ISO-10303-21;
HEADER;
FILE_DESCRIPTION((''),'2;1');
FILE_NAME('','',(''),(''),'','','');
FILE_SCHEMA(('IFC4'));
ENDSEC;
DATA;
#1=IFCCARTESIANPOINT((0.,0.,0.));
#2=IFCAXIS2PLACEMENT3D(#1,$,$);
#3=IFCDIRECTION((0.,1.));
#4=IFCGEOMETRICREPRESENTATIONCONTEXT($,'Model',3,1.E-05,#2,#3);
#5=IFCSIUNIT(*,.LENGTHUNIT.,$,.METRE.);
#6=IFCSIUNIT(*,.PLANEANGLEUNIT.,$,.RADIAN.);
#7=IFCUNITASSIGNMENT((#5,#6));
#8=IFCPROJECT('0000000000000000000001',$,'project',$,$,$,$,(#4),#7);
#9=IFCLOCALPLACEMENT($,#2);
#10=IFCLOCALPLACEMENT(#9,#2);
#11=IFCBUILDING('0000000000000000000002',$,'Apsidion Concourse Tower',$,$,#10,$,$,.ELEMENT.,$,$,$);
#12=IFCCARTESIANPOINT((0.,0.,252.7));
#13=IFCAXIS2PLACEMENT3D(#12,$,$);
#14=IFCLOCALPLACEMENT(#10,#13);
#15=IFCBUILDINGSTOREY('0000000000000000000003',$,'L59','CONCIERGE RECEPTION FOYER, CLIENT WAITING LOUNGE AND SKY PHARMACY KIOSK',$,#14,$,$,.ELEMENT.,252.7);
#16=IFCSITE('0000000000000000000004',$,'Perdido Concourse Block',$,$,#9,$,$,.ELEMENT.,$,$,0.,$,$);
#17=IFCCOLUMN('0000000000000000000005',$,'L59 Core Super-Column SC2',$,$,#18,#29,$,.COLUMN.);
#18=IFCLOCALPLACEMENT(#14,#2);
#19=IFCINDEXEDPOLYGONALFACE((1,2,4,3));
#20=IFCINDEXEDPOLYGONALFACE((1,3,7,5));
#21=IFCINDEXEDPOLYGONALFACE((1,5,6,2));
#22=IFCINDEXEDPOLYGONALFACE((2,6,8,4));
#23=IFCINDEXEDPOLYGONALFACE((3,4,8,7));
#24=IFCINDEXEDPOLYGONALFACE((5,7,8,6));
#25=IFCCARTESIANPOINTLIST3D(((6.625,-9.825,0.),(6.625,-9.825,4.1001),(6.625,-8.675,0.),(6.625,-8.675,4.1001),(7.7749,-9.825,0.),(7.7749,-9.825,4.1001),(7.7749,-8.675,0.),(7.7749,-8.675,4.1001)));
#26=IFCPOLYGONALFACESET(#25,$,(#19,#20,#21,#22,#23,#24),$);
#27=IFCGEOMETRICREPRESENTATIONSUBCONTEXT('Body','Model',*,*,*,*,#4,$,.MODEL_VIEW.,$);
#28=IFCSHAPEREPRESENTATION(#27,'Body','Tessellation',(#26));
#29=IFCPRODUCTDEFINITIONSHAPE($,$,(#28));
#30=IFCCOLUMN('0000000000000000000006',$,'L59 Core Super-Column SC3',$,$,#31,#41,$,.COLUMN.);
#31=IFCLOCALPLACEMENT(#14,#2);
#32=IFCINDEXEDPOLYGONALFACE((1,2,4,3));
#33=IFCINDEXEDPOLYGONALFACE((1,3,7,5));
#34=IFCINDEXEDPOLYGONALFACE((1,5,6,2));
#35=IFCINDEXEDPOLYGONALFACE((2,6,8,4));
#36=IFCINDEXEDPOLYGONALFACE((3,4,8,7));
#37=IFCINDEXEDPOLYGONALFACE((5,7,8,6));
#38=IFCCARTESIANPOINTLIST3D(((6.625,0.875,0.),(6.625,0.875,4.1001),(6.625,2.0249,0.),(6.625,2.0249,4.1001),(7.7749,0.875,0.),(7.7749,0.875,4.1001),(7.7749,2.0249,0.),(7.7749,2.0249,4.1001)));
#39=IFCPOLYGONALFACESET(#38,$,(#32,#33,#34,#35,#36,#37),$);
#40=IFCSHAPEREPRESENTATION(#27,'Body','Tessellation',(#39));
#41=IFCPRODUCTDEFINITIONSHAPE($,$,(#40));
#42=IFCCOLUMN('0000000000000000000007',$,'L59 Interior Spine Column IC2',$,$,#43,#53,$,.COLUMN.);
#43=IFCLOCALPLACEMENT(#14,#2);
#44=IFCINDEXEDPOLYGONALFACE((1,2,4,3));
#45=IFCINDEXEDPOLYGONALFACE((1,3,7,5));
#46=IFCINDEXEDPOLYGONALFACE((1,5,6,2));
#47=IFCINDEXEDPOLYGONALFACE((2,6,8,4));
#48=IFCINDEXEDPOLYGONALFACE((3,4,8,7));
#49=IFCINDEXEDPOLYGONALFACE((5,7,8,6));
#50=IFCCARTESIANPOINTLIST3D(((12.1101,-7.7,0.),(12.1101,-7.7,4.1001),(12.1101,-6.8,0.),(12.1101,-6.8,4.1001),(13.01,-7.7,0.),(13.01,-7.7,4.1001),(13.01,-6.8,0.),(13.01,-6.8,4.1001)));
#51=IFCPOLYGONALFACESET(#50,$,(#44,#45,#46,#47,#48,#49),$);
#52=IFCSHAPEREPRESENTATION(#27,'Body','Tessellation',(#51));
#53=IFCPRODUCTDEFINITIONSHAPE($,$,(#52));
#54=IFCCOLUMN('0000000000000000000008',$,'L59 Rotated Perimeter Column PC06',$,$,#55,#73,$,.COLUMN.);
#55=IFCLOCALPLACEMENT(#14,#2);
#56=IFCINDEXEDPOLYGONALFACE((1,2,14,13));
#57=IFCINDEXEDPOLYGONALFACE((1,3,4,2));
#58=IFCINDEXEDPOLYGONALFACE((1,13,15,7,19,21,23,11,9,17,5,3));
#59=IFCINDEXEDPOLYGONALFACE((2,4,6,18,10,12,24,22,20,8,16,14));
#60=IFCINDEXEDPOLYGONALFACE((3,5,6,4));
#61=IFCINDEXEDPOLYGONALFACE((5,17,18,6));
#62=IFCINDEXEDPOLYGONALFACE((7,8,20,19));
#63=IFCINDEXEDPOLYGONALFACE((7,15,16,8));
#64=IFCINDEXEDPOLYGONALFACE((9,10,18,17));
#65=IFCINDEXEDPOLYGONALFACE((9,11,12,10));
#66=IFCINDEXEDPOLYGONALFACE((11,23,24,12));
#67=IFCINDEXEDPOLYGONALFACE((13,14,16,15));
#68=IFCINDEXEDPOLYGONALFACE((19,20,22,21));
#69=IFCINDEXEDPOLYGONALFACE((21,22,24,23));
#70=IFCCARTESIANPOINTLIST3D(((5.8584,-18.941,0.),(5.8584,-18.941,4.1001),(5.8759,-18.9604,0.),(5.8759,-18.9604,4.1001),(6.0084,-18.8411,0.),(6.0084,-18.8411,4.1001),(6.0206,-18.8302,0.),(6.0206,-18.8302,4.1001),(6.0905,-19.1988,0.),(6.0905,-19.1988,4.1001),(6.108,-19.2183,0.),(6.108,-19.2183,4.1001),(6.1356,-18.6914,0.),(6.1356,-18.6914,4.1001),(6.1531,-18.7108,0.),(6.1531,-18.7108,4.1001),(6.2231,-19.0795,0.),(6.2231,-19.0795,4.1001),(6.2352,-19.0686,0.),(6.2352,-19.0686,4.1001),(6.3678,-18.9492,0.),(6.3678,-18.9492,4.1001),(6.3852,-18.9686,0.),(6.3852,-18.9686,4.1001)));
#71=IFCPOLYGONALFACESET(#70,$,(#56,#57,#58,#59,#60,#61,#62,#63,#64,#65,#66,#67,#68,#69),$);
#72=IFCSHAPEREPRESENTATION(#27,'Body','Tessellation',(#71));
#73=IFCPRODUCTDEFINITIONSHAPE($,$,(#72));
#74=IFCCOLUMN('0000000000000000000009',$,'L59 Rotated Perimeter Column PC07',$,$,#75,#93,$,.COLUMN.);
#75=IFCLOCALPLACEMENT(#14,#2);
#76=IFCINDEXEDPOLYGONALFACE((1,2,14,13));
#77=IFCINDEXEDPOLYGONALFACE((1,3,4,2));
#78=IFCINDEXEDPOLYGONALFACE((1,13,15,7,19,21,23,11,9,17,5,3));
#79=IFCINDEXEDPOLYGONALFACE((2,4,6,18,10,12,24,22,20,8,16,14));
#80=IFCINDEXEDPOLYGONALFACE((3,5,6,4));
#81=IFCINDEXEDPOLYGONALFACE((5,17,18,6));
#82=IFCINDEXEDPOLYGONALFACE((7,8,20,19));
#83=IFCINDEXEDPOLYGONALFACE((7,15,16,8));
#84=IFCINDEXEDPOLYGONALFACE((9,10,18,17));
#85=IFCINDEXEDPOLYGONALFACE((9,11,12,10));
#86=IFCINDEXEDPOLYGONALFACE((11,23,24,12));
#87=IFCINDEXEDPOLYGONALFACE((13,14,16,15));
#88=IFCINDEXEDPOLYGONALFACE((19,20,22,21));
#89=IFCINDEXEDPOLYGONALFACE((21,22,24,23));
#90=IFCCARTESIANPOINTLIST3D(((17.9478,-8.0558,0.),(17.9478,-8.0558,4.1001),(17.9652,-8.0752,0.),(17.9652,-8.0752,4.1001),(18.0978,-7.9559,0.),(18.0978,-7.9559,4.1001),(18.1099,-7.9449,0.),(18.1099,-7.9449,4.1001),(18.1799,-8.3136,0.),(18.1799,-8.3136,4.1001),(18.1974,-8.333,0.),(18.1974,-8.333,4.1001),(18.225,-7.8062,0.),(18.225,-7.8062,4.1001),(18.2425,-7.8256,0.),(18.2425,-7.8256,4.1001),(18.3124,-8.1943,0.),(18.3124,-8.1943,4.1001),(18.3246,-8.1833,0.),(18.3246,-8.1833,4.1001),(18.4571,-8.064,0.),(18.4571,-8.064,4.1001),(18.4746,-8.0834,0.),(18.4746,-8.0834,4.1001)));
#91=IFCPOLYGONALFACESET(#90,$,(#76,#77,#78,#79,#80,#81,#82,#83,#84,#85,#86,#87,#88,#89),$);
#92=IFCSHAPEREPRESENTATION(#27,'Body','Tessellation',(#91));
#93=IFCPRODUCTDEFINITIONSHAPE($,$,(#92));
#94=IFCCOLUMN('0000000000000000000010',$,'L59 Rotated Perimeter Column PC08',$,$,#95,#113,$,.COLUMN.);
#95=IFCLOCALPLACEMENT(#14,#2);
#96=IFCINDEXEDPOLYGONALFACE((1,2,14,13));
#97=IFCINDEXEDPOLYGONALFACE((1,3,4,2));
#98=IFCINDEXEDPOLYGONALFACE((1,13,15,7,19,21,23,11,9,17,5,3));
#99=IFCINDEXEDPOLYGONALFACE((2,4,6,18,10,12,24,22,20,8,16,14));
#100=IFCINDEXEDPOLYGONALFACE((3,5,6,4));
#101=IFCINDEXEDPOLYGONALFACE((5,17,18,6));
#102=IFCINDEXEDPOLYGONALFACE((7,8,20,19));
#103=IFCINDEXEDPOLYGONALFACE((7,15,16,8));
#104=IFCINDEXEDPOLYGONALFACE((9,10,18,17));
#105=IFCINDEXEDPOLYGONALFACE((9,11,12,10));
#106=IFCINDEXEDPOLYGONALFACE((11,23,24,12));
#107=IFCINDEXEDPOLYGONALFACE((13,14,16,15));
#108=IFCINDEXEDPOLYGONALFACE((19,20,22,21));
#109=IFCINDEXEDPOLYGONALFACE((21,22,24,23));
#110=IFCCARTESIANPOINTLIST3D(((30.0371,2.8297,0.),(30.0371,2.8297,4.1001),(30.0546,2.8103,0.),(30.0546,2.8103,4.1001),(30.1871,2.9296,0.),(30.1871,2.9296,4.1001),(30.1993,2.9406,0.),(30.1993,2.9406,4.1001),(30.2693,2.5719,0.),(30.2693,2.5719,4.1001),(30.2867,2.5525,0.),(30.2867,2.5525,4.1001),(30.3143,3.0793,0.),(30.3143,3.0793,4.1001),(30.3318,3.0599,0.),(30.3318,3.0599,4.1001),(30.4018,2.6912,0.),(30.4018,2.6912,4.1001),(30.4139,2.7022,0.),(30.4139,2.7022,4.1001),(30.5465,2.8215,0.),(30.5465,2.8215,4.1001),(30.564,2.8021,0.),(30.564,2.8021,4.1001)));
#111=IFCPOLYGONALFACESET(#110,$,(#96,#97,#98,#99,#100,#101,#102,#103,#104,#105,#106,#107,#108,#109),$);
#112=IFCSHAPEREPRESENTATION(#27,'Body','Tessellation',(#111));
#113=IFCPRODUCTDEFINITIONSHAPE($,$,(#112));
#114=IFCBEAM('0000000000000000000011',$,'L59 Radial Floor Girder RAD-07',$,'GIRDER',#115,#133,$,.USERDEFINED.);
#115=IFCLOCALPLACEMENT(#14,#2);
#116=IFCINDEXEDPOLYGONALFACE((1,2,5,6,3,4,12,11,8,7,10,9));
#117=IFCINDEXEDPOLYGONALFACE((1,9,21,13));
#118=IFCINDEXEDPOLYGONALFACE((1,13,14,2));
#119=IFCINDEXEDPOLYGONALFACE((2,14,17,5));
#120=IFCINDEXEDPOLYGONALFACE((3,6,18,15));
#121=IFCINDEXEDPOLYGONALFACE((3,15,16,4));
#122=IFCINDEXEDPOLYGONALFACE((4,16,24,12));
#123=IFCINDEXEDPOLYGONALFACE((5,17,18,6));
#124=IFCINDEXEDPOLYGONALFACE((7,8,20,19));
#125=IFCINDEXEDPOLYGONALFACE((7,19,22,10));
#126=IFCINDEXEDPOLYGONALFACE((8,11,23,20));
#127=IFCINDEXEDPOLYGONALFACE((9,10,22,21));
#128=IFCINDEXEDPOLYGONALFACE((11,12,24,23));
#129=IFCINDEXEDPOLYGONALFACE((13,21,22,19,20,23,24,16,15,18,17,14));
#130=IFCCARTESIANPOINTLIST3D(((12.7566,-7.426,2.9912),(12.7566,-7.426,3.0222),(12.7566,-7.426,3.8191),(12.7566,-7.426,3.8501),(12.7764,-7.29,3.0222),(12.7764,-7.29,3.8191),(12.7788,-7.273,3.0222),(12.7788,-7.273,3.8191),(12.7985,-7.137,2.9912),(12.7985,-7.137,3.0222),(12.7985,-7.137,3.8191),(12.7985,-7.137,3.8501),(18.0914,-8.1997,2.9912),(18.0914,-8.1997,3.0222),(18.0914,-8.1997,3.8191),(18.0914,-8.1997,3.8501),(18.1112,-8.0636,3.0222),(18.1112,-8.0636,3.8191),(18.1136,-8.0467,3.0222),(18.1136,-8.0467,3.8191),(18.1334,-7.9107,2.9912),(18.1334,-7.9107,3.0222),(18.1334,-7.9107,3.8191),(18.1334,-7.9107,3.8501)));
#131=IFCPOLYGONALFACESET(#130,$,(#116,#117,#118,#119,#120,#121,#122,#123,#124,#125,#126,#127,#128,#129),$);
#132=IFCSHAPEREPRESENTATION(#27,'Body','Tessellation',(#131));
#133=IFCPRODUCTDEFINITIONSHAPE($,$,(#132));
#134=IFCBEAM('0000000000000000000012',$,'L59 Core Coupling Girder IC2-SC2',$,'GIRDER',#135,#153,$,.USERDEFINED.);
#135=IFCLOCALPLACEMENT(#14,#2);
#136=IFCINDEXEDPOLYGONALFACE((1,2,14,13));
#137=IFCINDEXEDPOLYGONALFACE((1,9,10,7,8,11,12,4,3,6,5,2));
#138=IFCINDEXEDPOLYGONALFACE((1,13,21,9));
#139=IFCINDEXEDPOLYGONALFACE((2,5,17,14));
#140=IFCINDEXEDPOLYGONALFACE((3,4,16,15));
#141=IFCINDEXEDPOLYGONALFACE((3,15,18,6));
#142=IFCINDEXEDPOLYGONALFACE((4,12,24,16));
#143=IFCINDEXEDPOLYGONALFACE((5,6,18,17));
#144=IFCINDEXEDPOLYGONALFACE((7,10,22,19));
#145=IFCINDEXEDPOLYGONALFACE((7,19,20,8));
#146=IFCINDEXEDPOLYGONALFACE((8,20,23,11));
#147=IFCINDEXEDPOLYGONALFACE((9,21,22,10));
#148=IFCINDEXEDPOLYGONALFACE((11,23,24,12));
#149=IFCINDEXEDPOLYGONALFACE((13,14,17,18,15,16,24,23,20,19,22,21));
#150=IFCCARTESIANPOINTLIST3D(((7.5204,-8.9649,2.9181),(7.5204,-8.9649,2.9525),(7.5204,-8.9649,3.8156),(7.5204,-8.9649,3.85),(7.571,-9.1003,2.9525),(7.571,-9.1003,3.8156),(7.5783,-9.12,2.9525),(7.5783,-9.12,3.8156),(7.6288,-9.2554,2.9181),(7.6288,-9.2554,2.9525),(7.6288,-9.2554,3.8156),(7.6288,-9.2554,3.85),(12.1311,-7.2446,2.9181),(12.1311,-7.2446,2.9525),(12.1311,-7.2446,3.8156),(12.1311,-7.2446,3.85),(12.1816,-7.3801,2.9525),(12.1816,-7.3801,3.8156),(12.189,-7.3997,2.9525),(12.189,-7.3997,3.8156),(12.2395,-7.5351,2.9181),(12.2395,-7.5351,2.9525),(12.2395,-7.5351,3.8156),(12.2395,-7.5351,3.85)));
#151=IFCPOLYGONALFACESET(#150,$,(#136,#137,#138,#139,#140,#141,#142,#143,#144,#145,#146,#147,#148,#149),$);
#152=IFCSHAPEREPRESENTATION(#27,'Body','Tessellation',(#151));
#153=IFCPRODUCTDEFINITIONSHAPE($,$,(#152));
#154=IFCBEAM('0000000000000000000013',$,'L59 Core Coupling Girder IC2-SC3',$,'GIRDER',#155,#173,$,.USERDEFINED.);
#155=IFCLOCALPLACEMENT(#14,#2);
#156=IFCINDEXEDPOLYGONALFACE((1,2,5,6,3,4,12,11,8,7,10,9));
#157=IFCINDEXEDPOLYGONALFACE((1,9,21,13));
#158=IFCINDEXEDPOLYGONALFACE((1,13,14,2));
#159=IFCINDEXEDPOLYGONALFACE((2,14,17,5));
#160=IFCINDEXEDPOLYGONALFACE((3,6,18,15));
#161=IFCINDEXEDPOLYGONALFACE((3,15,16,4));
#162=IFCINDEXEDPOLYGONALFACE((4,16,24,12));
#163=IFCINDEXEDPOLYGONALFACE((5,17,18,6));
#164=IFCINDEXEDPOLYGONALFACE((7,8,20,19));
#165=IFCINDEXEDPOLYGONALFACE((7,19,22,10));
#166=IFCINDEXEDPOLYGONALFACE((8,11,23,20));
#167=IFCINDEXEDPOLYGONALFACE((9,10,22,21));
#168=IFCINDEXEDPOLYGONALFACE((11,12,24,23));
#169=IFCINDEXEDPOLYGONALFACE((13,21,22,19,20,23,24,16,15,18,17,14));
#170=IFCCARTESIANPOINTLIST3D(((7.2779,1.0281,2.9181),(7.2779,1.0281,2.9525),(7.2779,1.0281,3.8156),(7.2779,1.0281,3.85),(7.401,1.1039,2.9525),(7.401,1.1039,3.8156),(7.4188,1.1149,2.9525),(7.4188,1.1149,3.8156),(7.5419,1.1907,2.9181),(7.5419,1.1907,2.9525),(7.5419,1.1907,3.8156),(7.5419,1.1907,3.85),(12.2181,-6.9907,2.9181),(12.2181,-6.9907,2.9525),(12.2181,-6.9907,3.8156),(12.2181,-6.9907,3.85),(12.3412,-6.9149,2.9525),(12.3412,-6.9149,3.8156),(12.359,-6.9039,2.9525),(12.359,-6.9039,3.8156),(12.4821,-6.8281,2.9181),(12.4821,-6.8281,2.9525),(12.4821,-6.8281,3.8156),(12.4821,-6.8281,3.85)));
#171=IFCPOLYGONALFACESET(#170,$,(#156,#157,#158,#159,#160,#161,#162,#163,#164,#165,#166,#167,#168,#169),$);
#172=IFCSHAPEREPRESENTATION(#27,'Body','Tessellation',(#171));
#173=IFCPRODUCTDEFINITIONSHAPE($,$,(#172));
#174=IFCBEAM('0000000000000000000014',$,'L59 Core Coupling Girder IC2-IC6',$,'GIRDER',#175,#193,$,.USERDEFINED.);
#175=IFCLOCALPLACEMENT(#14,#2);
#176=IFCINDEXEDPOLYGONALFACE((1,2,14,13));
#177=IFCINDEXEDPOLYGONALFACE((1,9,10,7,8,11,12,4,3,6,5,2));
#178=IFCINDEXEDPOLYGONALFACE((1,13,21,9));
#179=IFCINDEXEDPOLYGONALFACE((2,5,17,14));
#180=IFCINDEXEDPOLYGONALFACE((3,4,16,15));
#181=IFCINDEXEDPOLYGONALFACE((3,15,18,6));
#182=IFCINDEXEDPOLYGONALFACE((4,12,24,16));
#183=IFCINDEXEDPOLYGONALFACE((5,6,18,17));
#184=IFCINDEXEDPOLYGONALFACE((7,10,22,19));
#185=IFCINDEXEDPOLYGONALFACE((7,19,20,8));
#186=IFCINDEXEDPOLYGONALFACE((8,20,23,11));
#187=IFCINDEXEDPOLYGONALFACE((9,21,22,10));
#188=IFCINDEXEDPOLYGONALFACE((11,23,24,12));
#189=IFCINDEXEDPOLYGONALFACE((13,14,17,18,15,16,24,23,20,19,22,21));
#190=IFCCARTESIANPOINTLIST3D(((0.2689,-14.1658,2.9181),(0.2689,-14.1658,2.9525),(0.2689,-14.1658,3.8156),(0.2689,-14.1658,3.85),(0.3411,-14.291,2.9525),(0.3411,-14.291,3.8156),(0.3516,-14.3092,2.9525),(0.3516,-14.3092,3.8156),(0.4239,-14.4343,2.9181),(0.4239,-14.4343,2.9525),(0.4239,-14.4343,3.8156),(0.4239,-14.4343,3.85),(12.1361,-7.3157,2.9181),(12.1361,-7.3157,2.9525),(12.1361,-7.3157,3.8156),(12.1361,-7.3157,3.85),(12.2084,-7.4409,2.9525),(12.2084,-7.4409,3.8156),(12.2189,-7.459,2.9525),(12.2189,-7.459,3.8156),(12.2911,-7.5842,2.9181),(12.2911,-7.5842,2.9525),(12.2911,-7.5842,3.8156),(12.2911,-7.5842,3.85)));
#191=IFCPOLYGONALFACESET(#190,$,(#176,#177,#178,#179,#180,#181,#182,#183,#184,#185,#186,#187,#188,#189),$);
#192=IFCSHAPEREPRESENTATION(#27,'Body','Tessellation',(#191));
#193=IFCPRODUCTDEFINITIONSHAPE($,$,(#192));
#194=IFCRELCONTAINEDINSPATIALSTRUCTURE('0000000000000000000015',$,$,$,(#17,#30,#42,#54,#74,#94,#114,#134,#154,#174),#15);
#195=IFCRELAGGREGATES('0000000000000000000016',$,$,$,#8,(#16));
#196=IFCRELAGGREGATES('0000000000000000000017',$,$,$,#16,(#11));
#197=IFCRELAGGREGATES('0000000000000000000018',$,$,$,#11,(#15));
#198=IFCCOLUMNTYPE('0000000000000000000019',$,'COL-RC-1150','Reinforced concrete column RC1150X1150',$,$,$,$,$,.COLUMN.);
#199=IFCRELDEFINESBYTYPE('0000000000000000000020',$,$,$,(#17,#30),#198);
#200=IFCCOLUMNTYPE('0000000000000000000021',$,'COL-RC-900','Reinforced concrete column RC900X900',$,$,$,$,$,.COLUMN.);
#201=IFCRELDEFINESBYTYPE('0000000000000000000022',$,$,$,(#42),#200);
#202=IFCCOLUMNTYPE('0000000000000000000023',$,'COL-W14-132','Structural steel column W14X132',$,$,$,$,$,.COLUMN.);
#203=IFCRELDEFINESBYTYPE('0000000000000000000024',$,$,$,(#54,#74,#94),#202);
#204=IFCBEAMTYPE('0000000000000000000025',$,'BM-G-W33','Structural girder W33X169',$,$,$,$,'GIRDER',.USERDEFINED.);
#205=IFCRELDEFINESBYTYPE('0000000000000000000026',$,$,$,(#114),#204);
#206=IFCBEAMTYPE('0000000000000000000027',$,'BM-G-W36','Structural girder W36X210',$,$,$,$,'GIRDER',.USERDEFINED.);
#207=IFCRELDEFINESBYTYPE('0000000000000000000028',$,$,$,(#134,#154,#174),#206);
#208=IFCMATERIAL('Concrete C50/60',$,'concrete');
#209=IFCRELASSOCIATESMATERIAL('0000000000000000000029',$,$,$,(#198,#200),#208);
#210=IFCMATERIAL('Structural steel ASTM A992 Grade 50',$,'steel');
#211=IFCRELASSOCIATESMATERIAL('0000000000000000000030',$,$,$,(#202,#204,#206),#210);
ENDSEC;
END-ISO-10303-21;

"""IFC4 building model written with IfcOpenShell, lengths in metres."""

from ifc_helpers import new_model, si_unit, direction, frame, origin, origin_2d, place, context, subcontext, project, spatial, rectangle, i_section, extrude, material, material_profile, profile_set, type_object, element, save


model = new_model("IFC4")

# Units and contexts
model_context = context("Model", 3, precision=1e-05, world=origin(), true_north=direction((0.0, 1.0)))
body_context = subcontext(model_context, "Body", "Model", "MODEL_VIEW")
ifc_project = project(units=[si_unit("LENGTHUNIT", "METRE"), si_unit("PLANEANGLEUNIT", "RADIAN")], contexts=[model_context])

# Site, building, storey
site_placement = place(None, origin())
site = spatial("IfcSite", under=ifc_project, at=site_placement, Name="Perdido Concourse Block", CompositionType="ELEMENT", RefElevation=0.0)
building_placement = place(site_placement, origin())
building = spatial("IfcBuilding", under=site, at=building_placement, Name="Apsidion Concourse Tower", CompositionType="ELEMENT")
storey_placement = place(building_placement, frame((0.0, 0.0, 252.7)))
storey = spatial("IfcBuildingStorey", under=building, at=storey_placement, Name="L59", Description="CONCIERGE RECEPTION FOYER, CLIENT WAITING LOUNGE AND SKY PHARMACY KIOSK", CompositionType="ELEMENT", Elevation=252.7)

# Columns
ifc_material_1 = material(Name="Concrete C50/60", Category="concrete")
ifc_material_profile_1 = material_profile(ifc_material_1, rectangle(XDim=1.1499, YDim=1.1499, at=origin_2d()), Name="RC 1150x1150")
ifc_profile_set_1 = profile_set([ifc_material_profile_1], Name="Concrete C50/60")
column_type_1 = type_object("IfcColumnType", Name="COL-RC-1150", Description="Reinforced concrete column RC1150X1150", PredefinedType="COLUMN", material=ifc_profile_set_1)
for number, where, z_axis, x_axis, name in (
    (1, (7.2, -9.25, 0.0), (0.0, 0.0, 1.0), (1.0, 0.0, 0.0), "L59 Core Super-Column SC2"),
    (2, (7.2, 1.45, 0.0), (0.0, 0.0, 1.0), (1.0, 0.0, 0.0), "L59 Core Super-Column SC3"),
):
    element("IfcColumn", number, at=place(storey_placement, frame(where, z_axis=z_axis, x_axis=x_axis)), inside=storey, type_object=column_type_1, Name=name, PredefinedType="COLUMN", context=body_context, shape_type="SweptSolid", body=[
        extrude(rectangle(XDim=1.1499, YDim=1.1499, at=origin_2d()), origin(), (0.0, 0.0, 1.0), 4.1001),
    ])
ifc_material_profile_2 = material_profile(ifc_material_1, rectangle(XDim=0.8999, YDim=0.8999, at=origin_2d()), Name="RC 900x900")
ifc_profile_set_2 = profile_set([ifc_material_profile_2], Name="Concrete C50/60")
column_type_2 = type_object("IfcColumnType", Name="COL-RC-900", Description="Reinforced concrete column RC900X900", PredefinedType="COLUMN", material=ifc_profile_set_2)
column_placement = place(storey_placement, frame((12.5601, -7.25, 0.0), z_axis=(0.0, 0.0, 1.0), x_axis=(1.0, 0.0, 0.0)))
element("IfcColumn", 3, at=column_placement, inside=storey, type_object=column_type_2, Name="L59 Interior Spine Column IC2", PredefinedType="COLUMN", context=body_context, shape_type="SweptSolid", body=[
    extrude(rectangle(XDim=0.8999, YDim=0.8999, at=origin_2d()), origin(), (0.0, 0.0, 1.0), 4.1001),
])
ifc_material_2 = material(Name="Structural steel ASTM A992 Grade 50", Category="steel")
ifc_material_profile_3 = material_profile(ifc_material_2, i_section(OverallWidth=0.373, OverallDepth=0.373, WebThickness=0.0164, FlangeThickness=0.0261, at=origin_2d()), Name="W14X132")
ifc_profile_set_3 = profile_set([ifc_material_profile_3], Name="Structural steel ASTM A992 Grade 50")
column_type_3 = type_object("IfcColumnType", Name="COL-W14-132", Description="Structural steel column W14X132", PredefinedType="COLUMN", material=ifc_profile_set_3)
for number, where, z_axis, x_axis, name in (
    (4, (6.1218, -18.9548, 0.0), (0.0, 0.0, 1.0), (0.743145, 0.669131, 0.0), "L59 Rotated Perimeter Column PC06"),
    (5, (18.2112, -8.0696, 0.0), (0.0, 0.0, 1.0), (0.743145, 0.669131, 0.0), "L59 Rotated Perimeter Column PC07"),
    (6, (30.3005, 2.8159, 0.0), (0.0, 0.0, 1.0), (0.743145, 0.669131, 0.0), "L59 Rotated Perimeter Column PC08"),
):
    element("IfcColumn", number, at=place(storey_placement, frame(where, z_axis=z_axis, x_axis=x_axis)), inside=storey, type_object=column_type_3, Name=name, PredefinedType="COLUMN", context=body_context, shape_type="SweptSolid", body=[
        extrude(i_section(OverallWidth=0.373, OverallDepth=0.373, WebThickness=0.0164, FlangeThickness=0.0261, at=origin_2d()), origin(), (0.0, 0.0, 1.0), 4.1001),
    ])

# Beams
ifc_material_profile_4 = material_profile(ifc_material_2, i_section(OverallWidth=0.292, OverallDepth=0.8589, WebThickness=0.0171, FlangeThickness=0.031, at=origin_2d()), Name="W33X169")
ifc_profile_set_4 = profile_set([ifc_material_profile_4], Name="Structural steel ASTM A992 Grade 50")
beam_type_1 = type_object("IfcBeamType", Name="BM-G-W33", Description="Structural girder W33X169", ElementType="GIRDER", PredefinedType="USERDEFINED", material=ifc_profile_set_4)
beam_1_placement = place(storey_placement, frame((12.7776, -7.2815, 3.4207), z_axis=(0.989647, -0.143526, 0.0), x_axis=(0.143526, 0.989647, 0.0)))
element("IfcBeam", 7, at=beam_1_placement, inside=storey, type_object=beam_type_1, Name="L59 Radial Floor Girder RAD-07", ObjectType="GIRDER", PredefinedType="USERDEFINED", context=body_context, shape_type="SweptSolid", body=[
    extrude(i_section(OverallWidth=0.292, OverallDepth=0.8589, WebThickness=0.0171, FlangeThickness=0.031, at=origin_2d()), origin(), (0.0, 0.0, 1.0), 5.3906),
])
ifc_material_profile_5 = material_profile(ifc_material_2, i_section(OverallWidth=0.3101, OverallDepth=0.9319, WebThickness=0.021, FlangeThickness=0.0344, at=origin_2d()), Name="W36X210")
ifc_profile_set_5 = profile_set([ifc_material_profile_5], Name="Structural steel ASTM A992 Grade 50")
beam_type_2 = type_object("IfcBeamType", Name="BM-G-W36", Description="Structural girder W36X210", ElementType="GIRDER", PredefinedType="USERDEFINED", material=ifc_profile_set_5)
beam_2_placement = place(storey_placement, frame((12.1853, -7.3899, 3.384), z_axis=(-0.936913, -0.349563, 0.0), x_axis=(0.349563, -0.936913, 0.0)))
element("IfcBeam", 8, at=beam_2_placement, inside=storey, type_object=beam_type_2, Name="L59 Core Coupling Girder IC2-SC2", ObjectType="GIRDER", PredefinedType="USERDEFINED", context=body_context, shape_type="SweptSolid", body=[
    extrude(i_section(OverallWidth=0.3101, OverallDepth=0.9319, WebThickness=0.021, FlangeThickness=0.0344, at=origin_2d()), origin(), (0.0, 0.0, 1.0), 4.9211),
])
beam_3_placement = place(storey_placement, frame((12.3501, -6.9094, 3.384), z_axis=(-0.524524, 0.851396, 0.0), x_axis=(-0.851396, -0.524524, 0.0)))
element("IfcBeam", 9, at=beam_3_placement, inside=storey, type_object=beam_type_2, Name="L59 Core Coupling Girder IC2-SC3", ObjectType="GIRDER", PredefinedType="USERDEFINED", context=body_context, shape_type="SweptSolid", body=[
    extrude(i_section(OverallWidth=0.3101, OverallDepth=0.9319, WebThickness=0.021, FlangeThickness=0.0344, at=origin_2d()), origin(), (0.0, 0.0, 1.0), 9.4185),
])
beam_4_placement = place(storey_placement, frame((12.2136, -7.45, 3.384), z_axis=(-0.86607, -0.499922, 0.0), x_axis=(0.499922, -0.86607, 0.0)))
element("IfcBeam", 10, at=beam_4_placement, inside=storey, type_object=beam_type_2, Name="L59 Core Coupling Girder IC2-IC6", ObjectType="GIRDER", PredefinedType="USERDEFINED", context=body_context, shape_type="SweptSolid", body=[
    extrude(i_section(OverallWidth=0.3101, OverallDepth=0.9319, WebThickness=0.021, FlangeThickness=0.0344, at=origin_2d()), origin(), (0.0, 0.0, 1.0), 13.7024),
])

save(model, "model.ifc")
